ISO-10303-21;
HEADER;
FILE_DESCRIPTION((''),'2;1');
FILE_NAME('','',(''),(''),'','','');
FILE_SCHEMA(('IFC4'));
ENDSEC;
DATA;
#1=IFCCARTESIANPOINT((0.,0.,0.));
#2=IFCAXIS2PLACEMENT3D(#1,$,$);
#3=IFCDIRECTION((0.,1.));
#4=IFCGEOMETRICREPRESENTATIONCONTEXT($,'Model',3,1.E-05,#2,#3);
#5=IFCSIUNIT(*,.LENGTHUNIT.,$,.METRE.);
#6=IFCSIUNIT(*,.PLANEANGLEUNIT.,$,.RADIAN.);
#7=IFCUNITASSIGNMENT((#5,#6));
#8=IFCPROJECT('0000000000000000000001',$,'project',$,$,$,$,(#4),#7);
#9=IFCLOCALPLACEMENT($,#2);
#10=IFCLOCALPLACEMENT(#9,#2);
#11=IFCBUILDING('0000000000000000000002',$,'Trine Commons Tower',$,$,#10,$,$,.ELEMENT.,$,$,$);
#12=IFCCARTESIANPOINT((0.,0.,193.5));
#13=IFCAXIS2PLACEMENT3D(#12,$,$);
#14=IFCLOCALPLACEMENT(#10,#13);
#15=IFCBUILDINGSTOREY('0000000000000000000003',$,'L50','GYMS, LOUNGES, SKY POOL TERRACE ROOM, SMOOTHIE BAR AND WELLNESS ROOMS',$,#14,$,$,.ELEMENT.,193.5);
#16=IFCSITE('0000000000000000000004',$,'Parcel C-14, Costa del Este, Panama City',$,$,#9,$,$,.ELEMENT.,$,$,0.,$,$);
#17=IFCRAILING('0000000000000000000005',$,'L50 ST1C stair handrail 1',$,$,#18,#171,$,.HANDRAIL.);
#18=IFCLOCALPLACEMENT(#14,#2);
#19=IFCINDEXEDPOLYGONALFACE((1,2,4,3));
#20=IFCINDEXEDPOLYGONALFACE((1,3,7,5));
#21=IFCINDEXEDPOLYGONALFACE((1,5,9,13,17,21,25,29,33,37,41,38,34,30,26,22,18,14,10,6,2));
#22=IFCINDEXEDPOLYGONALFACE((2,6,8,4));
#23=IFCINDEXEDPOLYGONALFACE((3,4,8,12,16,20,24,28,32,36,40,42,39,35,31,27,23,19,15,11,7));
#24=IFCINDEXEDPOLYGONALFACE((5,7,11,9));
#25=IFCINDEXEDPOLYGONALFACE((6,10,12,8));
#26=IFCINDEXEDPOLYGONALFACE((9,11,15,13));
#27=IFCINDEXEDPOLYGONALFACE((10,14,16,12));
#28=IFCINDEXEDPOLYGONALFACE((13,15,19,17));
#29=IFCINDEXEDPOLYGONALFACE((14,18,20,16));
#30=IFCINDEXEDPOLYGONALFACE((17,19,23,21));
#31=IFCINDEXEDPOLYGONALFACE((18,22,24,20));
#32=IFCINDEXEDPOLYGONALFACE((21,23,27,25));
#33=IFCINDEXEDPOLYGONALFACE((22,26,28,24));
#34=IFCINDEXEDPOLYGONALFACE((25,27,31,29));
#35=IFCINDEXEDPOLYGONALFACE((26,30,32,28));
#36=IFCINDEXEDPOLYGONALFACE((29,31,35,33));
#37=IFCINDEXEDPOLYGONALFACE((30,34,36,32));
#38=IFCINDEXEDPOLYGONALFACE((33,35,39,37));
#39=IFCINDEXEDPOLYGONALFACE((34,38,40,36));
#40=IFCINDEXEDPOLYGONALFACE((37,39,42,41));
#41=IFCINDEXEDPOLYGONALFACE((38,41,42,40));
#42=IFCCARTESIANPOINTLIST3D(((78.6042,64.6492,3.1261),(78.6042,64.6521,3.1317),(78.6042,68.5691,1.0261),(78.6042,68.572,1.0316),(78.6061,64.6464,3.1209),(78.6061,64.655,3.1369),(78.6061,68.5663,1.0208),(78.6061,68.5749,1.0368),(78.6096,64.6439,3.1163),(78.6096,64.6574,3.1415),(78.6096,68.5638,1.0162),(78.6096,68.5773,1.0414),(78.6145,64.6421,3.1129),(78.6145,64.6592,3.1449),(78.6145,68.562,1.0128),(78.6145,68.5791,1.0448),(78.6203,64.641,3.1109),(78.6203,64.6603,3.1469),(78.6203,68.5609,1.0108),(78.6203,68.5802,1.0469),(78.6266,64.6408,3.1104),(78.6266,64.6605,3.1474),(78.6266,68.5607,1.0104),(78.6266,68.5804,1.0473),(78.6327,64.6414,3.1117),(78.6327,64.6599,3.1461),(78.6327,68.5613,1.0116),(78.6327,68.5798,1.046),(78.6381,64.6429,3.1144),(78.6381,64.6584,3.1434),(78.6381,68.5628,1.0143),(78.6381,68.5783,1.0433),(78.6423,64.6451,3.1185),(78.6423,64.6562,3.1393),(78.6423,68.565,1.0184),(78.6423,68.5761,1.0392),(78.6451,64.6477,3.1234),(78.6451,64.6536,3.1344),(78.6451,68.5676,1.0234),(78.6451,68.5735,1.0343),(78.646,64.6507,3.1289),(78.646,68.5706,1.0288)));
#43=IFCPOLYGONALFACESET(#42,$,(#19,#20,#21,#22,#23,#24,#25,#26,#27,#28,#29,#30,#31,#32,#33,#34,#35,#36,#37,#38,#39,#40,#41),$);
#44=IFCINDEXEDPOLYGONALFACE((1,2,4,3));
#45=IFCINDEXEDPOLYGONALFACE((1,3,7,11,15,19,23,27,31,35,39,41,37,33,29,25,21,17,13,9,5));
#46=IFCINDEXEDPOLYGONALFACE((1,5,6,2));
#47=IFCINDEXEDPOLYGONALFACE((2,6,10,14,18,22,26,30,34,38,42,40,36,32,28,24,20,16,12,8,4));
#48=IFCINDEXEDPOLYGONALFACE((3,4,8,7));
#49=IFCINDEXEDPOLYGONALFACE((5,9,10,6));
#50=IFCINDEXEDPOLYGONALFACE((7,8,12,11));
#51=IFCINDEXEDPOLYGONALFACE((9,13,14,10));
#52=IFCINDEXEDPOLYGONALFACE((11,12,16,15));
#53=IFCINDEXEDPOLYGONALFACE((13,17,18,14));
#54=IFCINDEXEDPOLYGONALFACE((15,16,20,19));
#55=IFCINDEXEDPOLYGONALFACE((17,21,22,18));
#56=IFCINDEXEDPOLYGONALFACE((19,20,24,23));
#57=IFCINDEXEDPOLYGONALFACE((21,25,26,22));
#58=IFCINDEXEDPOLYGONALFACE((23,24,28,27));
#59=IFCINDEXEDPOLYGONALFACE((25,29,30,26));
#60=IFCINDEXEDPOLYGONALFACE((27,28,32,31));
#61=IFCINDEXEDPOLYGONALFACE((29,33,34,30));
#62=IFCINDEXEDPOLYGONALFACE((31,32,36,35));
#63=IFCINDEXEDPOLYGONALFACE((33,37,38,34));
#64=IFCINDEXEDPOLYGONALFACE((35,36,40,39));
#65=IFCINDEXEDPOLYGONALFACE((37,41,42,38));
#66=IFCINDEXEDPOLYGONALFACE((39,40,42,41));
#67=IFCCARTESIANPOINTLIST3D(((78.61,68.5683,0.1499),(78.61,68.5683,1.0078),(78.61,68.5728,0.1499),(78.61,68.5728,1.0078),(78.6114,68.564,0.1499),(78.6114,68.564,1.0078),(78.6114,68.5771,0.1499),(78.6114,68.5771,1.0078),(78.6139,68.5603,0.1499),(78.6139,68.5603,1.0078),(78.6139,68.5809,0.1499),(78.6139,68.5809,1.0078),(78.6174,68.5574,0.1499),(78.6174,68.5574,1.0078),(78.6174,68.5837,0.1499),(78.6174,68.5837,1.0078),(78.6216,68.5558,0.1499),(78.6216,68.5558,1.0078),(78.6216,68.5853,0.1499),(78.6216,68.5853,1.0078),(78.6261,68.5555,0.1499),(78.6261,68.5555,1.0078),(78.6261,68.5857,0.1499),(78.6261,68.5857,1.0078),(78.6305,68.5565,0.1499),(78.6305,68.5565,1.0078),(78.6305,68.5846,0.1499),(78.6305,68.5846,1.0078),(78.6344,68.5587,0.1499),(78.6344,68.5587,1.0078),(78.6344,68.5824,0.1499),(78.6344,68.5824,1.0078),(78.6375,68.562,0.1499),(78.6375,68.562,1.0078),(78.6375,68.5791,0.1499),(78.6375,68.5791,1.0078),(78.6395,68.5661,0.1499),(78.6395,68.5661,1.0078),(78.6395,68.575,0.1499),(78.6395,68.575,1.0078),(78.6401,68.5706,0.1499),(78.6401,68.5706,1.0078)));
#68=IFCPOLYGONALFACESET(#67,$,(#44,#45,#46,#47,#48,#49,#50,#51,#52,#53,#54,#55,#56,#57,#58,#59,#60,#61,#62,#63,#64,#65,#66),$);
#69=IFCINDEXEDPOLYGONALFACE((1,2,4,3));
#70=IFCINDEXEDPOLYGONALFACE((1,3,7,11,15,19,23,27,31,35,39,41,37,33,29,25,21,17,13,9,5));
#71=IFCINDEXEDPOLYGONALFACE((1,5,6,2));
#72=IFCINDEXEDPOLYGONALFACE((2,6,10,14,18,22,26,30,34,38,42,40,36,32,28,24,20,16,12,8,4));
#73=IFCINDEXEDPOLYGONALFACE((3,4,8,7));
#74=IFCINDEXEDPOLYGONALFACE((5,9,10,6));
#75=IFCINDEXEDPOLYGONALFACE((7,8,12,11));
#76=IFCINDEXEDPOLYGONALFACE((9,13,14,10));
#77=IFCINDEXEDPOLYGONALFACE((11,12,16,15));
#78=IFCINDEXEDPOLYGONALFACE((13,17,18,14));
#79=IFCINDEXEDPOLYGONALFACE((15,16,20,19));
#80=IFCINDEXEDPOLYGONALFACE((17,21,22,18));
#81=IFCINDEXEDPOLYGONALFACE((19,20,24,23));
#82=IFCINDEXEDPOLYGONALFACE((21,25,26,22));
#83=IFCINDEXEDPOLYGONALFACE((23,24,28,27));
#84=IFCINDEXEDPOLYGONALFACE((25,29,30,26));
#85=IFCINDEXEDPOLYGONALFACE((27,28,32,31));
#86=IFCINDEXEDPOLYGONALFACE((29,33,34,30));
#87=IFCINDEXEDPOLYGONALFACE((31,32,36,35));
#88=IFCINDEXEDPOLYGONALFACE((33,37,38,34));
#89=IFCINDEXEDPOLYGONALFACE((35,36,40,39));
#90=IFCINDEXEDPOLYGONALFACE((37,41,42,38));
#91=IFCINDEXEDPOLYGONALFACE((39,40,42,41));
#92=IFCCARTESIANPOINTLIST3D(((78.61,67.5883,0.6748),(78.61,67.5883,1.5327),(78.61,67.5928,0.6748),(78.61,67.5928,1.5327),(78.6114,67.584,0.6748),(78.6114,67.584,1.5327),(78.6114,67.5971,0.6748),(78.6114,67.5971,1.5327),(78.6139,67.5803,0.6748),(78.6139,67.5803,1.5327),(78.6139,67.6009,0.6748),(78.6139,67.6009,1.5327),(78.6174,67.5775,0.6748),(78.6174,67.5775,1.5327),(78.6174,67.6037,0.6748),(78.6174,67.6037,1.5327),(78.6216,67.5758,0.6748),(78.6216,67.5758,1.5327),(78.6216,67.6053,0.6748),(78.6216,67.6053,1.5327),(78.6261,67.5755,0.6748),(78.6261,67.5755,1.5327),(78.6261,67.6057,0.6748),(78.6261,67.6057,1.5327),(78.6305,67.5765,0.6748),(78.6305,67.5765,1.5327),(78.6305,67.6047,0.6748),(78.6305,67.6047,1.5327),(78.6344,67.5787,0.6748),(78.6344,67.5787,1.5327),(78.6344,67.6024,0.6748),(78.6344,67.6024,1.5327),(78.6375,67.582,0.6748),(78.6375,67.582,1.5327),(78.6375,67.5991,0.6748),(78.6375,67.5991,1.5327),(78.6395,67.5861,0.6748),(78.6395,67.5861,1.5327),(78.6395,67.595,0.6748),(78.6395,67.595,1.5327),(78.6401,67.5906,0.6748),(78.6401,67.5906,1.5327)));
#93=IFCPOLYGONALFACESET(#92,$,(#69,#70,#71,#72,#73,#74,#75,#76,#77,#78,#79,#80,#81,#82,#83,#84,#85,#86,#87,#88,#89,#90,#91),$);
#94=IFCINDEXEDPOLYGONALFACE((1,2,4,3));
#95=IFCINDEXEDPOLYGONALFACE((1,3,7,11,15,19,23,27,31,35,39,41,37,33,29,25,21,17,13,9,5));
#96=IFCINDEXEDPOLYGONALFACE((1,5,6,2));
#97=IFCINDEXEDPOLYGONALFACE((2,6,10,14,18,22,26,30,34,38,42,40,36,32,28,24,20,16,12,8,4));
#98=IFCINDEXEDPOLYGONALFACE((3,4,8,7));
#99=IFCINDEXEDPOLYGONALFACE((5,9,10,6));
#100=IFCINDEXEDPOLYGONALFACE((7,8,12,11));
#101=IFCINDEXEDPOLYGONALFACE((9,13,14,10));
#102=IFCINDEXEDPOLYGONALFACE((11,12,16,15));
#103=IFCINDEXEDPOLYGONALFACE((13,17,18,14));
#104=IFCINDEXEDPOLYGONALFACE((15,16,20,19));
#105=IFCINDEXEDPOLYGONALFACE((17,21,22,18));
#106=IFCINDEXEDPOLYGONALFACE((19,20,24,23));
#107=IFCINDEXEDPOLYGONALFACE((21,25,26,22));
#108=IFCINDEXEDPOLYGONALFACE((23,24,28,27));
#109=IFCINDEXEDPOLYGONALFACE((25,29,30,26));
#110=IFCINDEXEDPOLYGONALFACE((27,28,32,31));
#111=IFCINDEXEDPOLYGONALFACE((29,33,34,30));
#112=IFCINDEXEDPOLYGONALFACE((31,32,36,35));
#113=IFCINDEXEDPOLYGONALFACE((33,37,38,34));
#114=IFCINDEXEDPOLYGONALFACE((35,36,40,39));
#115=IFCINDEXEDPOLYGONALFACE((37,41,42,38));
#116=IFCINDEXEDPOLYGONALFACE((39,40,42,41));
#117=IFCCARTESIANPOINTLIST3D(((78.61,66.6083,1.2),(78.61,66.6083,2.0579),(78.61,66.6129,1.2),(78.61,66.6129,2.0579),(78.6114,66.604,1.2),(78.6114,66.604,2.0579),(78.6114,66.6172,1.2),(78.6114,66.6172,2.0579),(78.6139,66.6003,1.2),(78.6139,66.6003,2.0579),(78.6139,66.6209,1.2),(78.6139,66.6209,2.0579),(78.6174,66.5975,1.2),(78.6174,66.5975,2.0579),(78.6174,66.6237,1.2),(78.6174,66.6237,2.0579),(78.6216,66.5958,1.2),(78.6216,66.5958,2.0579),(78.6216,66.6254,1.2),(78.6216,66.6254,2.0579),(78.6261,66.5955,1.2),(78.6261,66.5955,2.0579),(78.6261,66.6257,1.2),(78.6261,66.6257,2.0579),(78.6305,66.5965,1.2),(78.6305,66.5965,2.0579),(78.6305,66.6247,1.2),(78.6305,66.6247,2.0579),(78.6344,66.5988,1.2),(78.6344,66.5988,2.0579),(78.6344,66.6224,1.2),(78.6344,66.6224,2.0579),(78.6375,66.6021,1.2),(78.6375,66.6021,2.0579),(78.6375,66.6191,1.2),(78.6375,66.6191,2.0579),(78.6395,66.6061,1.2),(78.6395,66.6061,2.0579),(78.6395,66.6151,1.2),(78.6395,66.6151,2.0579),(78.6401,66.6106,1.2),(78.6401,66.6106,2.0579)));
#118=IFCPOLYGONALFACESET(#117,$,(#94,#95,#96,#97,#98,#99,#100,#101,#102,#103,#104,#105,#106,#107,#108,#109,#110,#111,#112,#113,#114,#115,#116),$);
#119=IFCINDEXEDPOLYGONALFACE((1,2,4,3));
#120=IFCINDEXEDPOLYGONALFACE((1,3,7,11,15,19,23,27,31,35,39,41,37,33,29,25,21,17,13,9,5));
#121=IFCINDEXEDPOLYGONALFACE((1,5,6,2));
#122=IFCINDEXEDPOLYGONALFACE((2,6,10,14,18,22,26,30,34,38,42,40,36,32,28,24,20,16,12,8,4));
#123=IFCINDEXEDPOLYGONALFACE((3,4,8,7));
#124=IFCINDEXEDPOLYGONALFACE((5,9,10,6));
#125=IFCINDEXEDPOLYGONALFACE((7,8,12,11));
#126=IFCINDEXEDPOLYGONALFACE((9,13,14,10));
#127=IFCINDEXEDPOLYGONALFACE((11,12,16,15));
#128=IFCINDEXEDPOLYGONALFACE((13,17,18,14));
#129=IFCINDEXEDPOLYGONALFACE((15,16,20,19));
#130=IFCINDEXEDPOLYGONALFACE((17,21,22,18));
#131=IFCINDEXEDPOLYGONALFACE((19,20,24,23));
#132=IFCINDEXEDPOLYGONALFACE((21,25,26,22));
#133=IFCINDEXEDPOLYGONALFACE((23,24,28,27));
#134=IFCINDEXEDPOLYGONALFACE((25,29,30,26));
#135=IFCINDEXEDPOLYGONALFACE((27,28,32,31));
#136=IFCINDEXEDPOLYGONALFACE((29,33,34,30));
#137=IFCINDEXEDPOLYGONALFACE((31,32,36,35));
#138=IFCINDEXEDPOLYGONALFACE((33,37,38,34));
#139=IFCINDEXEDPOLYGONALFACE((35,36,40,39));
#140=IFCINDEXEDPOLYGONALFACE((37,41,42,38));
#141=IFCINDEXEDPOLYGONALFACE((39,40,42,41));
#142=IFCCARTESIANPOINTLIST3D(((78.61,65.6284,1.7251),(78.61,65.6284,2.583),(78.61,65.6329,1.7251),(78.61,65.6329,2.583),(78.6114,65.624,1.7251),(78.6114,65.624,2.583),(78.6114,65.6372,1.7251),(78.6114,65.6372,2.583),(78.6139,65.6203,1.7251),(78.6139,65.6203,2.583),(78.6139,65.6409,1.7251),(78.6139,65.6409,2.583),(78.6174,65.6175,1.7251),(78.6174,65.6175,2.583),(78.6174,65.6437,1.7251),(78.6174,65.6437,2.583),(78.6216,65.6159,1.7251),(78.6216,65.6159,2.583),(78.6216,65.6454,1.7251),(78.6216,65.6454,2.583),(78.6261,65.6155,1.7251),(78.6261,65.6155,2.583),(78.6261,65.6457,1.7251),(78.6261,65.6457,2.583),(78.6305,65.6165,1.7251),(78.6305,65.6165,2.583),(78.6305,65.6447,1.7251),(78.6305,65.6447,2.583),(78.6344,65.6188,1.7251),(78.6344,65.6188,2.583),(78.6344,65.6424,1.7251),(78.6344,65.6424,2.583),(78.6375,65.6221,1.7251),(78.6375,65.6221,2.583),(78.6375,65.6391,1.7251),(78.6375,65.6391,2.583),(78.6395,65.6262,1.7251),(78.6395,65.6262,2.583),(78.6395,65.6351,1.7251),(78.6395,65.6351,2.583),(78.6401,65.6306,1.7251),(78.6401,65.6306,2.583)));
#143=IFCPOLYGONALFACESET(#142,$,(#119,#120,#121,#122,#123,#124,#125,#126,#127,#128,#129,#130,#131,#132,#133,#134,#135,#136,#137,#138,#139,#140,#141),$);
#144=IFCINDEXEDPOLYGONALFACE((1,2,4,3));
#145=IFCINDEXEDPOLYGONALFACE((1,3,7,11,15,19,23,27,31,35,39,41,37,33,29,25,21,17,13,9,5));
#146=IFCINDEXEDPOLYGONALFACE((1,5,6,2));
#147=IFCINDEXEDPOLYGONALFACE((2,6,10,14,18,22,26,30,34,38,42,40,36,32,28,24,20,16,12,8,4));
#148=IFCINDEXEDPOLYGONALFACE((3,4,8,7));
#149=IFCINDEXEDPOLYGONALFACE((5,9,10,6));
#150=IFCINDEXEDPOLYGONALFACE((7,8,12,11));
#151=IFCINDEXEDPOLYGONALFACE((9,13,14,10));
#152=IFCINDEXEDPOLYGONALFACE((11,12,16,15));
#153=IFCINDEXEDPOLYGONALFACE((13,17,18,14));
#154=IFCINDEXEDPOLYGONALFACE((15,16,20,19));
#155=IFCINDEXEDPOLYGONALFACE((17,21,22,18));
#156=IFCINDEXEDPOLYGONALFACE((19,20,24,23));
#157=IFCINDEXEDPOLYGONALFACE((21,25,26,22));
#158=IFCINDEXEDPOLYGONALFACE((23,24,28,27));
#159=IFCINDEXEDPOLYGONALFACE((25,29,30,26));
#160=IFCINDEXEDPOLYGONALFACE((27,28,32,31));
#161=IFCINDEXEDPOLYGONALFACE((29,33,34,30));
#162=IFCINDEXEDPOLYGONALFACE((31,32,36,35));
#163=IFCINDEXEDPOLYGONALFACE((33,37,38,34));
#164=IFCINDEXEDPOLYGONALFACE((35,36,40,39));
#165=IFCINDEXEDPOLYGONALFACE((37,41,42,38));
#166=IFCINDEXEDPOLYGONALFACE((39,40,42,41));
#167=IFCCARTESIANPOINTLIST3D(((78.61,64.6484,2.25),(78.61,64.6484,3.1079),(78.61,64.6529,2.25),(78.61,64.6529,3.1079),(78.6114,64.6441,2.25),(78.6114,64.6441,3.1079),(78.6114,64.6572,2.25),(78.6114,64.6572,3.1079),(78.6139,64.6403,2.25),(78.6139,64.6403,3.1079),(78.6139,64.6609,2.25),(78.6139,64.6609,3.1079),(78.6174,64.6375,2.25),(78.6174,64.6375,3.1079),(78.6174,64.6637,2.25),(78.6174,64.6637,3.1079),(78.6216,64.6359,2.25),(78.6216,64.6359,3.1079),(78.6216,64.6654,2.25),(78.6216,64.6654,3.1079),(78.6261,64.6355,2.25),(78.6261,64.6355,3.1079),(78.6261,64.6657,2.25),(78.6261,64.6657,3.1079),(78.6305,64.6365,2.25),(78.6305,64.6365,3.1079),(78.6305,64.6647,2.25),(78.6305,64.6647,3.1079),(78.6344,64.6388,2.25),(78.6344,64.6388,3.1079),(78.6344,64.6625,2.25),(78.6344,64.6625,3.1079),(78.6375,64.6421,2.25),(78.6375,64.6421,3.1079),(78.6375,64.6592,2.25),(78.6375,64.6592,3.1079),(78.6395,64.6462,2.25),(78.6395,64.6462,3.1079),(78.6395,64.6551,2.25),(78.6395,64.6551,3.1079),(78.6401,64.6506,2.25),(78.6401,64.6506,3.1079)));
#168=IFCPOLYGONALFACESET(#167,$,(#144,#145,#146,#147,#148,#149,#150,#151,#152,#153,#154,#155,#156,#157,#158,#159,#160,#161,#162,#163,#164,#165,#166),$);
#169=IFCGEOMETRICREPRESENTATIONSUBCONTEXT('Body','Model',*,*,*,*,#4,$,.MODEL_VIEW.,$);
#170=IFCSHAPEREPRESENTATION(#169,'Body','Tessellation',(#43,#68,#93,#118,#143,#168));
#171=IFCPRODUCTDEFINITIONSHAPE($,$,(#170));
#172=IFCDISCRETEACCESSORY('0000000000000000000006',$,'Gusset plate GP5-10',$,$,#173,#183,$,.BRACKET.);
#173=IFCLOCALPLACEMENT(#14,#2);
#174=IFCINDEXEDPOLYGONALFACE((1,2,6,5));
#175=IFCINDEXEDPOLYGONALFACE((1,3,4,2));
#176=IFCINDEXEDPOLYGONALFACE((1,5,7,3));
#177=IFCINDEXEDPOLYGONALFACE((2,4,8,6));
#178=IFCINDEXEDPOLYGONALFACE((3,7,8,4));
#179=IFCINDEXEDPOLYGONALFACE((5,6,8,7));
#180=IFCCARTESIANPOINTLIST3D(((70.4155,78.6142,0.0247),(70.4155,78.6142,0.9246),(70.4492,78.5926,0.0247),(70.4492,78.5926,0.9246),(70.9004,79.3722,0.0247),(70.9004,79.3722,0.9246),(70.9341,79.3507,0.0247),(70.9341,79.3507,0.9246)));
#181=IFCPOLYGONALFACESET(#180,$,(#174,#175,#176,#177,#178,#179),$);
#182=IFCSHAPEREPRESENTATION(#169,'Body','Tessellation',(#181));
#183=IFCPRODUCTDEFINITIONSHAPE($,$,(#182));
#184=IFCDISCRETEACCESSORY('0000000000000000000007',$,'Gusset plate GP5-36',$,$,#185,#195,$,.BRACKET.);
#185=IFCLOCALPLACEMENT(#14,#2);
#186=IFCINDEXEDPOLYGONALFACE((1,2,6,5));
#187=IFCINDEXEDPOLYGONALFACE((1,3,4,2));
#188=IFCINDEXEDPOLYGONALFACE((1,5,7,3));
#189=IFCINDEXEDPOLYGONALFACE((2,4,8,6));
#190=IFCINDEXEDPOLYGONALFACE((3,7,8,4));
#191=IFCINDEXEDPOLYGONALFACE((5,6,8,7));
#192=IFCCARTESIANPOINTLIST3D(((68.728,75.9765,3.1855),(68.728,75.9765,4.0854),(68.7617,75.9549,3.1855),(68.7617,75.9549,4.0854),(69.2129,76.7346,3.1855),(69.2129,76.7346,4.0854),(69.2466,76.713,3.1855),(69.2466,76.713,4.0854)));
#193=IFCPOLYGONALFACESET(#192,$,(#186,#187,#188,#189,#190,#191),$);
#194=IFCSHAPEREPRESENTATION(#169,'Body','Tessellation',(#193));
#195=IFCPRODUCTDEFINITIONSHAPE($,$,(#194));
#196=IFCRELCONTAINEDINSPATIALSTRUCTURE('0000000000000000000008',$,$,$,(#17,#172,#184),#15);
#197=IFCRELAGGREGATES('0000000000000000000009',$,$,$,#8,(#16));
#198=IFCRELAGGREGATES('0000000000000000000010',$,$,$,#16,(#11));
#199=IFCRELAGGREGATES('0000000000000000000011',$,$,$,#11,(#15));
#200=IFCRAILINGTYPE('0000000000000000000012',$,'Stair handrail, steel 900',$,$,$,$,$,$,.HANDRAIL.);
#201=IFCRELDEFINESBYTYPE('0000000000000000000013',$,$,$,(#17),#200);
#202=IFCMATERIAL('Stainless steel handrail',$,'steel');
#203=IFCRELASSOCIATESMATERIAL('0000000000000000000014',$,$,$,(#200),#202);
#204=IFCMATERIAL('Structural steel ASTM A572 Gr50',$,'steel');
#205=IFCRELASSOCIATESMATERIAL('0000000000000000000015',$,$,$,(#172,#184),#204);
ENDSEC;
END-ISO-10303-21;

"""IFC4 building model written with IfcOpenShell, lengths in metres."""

from ifc_helpers import new_model, si_unit, direction, frame, origin, origin_2d, place, context, subcontext, project, spatial, rectangle, circle, extrude, material, type_object, element, save


model = new_model("IFC4")

# Units and contexts
model_context = context("Model", 3, precision=1e-05, world=origin(), true_north=direction((0.0, 1.0)))
body_context = subcontext(model_context, "Body", "Model", "MODEL_VIEW")
ifc_project = project(units=[si_unit("LENGTHUNIT", "METRE"), si_unit("PLANEANGLEUNIT", "RADIAN")], contexts=[model_context])

# Site, building, storey
site_placement = place(None, origin())
site = spatial("IfcSite", under=ifc_project, at=site_placement, Name="Parcel C-14, Costa del Este, Panama City", CompositionType="ELEMENT", RefElevation=0.0)
building_placement = place(site_placement, origin())
building = spatial("IfcBuilding", under=site, at=building_placement, Name="Trine Commons Tower", CompositionType="ELEMENT")
storey_placement = place(building_placement, frame((0.0, 0.0, 193.5)))
storey = spatial("IfcBuildingStorey", under=building, at=storey_placement, Name="L50", Description="GYMS, LOUNGES, SKY POOL TERRACE ROOM, SMOOTHIE BAR AND WELLNESS ROOMS", CompositionType="ELEMENT", Elevation=193.5)

# Railing
ifc_material_1 = material(Name="Stainless steel handrail", Category="steel")
railing_type_1 = type_object("IfcRailingType", Name="Stair handrail, steel 900", PredefinedType="HANDRAIL", material=ifc_material_1)
railing_1_placement = place(storey_placement, frame((78.625, 68.5706, 0.1499)))
element("IfcRailing", 1, at=railing_1_placement, inside=storey, type_object=railing_type_1, Name="L50 ST1C stair handrail 1", PredefinedType="HANDRAIL", context=body_context, shape_type="SweptSolid", body=[
    extrude(circle(Radius=0.021, at=origin_2d()), frame((0.0, 0.0, 0.8789), z_axis=(0.0, -0.881467, 0.472246), x_axis=(1.0, 0.0, 0.0)), (0.0, 0.0, 1.0), 4.447),
    extrude(circle(Radius=0.0151, at=origin_2d()), origin(), (0.0, 0.0, 1.0), 0.8579),
    extrude(circle(Radius=0.0151, at=origin_2d()), frame((0.0, -0.98, 0.5249)), (0.0, 0.0, 1.0), 0.8579),
    extrude(circle(Radius=0.0151, at=origin_2d()), frame((0.0, -1.96, 1.05)), (0.0, 0.0, 1.0), 0.8579),
    extrude(circle(Radius=0.0151, at=origin_2d()), frame((0.0, -2.9399, 1.5752)), (0.0, 0.0, 1.0), 0.8579),
    extrude(circle(Radius=0.0151, at=origin_2d()), frame((0.0, -3.9199, 2.1001)), (0.0, 0.0, 1.0), 0.8579),
])

# Discrete accessories
ifc_material_2 = material(Name="Structural steel ASTM A572 Gr50", Category="steel")
for number, where, z_axis, x_axis, name in (
    (2, (70.6748, 78.9824, 0.0247), (0.0, 0.0, 1.0), (-0.538859, -0.842396, 0.0), "Gusset plate GP5-10"),
    (3, (68.9873, 76.3447, 3.1855), (0.0, 0.0, 1.0), (-0.538859, -0.842396, 0.0), "Gusset plate GP5-36"),
):
    element("IfcDiscreteAccessory", number, at=place(storey_placement, frame(where, z_axis=z_axis, x_axis=x_axis)), inside=storey, material=ifc_material_2, Name=name, PredefinedType="BRACKET", context=body_context, shape_type="SweptSolid", body=[
        extrude(rectangle(XDim=0.8999, YDim=0.04, at=origin_2d()), origin(), (0.0, 0.0, 1.0), 0.8999),
    ])

save(model, "model.ifc")
